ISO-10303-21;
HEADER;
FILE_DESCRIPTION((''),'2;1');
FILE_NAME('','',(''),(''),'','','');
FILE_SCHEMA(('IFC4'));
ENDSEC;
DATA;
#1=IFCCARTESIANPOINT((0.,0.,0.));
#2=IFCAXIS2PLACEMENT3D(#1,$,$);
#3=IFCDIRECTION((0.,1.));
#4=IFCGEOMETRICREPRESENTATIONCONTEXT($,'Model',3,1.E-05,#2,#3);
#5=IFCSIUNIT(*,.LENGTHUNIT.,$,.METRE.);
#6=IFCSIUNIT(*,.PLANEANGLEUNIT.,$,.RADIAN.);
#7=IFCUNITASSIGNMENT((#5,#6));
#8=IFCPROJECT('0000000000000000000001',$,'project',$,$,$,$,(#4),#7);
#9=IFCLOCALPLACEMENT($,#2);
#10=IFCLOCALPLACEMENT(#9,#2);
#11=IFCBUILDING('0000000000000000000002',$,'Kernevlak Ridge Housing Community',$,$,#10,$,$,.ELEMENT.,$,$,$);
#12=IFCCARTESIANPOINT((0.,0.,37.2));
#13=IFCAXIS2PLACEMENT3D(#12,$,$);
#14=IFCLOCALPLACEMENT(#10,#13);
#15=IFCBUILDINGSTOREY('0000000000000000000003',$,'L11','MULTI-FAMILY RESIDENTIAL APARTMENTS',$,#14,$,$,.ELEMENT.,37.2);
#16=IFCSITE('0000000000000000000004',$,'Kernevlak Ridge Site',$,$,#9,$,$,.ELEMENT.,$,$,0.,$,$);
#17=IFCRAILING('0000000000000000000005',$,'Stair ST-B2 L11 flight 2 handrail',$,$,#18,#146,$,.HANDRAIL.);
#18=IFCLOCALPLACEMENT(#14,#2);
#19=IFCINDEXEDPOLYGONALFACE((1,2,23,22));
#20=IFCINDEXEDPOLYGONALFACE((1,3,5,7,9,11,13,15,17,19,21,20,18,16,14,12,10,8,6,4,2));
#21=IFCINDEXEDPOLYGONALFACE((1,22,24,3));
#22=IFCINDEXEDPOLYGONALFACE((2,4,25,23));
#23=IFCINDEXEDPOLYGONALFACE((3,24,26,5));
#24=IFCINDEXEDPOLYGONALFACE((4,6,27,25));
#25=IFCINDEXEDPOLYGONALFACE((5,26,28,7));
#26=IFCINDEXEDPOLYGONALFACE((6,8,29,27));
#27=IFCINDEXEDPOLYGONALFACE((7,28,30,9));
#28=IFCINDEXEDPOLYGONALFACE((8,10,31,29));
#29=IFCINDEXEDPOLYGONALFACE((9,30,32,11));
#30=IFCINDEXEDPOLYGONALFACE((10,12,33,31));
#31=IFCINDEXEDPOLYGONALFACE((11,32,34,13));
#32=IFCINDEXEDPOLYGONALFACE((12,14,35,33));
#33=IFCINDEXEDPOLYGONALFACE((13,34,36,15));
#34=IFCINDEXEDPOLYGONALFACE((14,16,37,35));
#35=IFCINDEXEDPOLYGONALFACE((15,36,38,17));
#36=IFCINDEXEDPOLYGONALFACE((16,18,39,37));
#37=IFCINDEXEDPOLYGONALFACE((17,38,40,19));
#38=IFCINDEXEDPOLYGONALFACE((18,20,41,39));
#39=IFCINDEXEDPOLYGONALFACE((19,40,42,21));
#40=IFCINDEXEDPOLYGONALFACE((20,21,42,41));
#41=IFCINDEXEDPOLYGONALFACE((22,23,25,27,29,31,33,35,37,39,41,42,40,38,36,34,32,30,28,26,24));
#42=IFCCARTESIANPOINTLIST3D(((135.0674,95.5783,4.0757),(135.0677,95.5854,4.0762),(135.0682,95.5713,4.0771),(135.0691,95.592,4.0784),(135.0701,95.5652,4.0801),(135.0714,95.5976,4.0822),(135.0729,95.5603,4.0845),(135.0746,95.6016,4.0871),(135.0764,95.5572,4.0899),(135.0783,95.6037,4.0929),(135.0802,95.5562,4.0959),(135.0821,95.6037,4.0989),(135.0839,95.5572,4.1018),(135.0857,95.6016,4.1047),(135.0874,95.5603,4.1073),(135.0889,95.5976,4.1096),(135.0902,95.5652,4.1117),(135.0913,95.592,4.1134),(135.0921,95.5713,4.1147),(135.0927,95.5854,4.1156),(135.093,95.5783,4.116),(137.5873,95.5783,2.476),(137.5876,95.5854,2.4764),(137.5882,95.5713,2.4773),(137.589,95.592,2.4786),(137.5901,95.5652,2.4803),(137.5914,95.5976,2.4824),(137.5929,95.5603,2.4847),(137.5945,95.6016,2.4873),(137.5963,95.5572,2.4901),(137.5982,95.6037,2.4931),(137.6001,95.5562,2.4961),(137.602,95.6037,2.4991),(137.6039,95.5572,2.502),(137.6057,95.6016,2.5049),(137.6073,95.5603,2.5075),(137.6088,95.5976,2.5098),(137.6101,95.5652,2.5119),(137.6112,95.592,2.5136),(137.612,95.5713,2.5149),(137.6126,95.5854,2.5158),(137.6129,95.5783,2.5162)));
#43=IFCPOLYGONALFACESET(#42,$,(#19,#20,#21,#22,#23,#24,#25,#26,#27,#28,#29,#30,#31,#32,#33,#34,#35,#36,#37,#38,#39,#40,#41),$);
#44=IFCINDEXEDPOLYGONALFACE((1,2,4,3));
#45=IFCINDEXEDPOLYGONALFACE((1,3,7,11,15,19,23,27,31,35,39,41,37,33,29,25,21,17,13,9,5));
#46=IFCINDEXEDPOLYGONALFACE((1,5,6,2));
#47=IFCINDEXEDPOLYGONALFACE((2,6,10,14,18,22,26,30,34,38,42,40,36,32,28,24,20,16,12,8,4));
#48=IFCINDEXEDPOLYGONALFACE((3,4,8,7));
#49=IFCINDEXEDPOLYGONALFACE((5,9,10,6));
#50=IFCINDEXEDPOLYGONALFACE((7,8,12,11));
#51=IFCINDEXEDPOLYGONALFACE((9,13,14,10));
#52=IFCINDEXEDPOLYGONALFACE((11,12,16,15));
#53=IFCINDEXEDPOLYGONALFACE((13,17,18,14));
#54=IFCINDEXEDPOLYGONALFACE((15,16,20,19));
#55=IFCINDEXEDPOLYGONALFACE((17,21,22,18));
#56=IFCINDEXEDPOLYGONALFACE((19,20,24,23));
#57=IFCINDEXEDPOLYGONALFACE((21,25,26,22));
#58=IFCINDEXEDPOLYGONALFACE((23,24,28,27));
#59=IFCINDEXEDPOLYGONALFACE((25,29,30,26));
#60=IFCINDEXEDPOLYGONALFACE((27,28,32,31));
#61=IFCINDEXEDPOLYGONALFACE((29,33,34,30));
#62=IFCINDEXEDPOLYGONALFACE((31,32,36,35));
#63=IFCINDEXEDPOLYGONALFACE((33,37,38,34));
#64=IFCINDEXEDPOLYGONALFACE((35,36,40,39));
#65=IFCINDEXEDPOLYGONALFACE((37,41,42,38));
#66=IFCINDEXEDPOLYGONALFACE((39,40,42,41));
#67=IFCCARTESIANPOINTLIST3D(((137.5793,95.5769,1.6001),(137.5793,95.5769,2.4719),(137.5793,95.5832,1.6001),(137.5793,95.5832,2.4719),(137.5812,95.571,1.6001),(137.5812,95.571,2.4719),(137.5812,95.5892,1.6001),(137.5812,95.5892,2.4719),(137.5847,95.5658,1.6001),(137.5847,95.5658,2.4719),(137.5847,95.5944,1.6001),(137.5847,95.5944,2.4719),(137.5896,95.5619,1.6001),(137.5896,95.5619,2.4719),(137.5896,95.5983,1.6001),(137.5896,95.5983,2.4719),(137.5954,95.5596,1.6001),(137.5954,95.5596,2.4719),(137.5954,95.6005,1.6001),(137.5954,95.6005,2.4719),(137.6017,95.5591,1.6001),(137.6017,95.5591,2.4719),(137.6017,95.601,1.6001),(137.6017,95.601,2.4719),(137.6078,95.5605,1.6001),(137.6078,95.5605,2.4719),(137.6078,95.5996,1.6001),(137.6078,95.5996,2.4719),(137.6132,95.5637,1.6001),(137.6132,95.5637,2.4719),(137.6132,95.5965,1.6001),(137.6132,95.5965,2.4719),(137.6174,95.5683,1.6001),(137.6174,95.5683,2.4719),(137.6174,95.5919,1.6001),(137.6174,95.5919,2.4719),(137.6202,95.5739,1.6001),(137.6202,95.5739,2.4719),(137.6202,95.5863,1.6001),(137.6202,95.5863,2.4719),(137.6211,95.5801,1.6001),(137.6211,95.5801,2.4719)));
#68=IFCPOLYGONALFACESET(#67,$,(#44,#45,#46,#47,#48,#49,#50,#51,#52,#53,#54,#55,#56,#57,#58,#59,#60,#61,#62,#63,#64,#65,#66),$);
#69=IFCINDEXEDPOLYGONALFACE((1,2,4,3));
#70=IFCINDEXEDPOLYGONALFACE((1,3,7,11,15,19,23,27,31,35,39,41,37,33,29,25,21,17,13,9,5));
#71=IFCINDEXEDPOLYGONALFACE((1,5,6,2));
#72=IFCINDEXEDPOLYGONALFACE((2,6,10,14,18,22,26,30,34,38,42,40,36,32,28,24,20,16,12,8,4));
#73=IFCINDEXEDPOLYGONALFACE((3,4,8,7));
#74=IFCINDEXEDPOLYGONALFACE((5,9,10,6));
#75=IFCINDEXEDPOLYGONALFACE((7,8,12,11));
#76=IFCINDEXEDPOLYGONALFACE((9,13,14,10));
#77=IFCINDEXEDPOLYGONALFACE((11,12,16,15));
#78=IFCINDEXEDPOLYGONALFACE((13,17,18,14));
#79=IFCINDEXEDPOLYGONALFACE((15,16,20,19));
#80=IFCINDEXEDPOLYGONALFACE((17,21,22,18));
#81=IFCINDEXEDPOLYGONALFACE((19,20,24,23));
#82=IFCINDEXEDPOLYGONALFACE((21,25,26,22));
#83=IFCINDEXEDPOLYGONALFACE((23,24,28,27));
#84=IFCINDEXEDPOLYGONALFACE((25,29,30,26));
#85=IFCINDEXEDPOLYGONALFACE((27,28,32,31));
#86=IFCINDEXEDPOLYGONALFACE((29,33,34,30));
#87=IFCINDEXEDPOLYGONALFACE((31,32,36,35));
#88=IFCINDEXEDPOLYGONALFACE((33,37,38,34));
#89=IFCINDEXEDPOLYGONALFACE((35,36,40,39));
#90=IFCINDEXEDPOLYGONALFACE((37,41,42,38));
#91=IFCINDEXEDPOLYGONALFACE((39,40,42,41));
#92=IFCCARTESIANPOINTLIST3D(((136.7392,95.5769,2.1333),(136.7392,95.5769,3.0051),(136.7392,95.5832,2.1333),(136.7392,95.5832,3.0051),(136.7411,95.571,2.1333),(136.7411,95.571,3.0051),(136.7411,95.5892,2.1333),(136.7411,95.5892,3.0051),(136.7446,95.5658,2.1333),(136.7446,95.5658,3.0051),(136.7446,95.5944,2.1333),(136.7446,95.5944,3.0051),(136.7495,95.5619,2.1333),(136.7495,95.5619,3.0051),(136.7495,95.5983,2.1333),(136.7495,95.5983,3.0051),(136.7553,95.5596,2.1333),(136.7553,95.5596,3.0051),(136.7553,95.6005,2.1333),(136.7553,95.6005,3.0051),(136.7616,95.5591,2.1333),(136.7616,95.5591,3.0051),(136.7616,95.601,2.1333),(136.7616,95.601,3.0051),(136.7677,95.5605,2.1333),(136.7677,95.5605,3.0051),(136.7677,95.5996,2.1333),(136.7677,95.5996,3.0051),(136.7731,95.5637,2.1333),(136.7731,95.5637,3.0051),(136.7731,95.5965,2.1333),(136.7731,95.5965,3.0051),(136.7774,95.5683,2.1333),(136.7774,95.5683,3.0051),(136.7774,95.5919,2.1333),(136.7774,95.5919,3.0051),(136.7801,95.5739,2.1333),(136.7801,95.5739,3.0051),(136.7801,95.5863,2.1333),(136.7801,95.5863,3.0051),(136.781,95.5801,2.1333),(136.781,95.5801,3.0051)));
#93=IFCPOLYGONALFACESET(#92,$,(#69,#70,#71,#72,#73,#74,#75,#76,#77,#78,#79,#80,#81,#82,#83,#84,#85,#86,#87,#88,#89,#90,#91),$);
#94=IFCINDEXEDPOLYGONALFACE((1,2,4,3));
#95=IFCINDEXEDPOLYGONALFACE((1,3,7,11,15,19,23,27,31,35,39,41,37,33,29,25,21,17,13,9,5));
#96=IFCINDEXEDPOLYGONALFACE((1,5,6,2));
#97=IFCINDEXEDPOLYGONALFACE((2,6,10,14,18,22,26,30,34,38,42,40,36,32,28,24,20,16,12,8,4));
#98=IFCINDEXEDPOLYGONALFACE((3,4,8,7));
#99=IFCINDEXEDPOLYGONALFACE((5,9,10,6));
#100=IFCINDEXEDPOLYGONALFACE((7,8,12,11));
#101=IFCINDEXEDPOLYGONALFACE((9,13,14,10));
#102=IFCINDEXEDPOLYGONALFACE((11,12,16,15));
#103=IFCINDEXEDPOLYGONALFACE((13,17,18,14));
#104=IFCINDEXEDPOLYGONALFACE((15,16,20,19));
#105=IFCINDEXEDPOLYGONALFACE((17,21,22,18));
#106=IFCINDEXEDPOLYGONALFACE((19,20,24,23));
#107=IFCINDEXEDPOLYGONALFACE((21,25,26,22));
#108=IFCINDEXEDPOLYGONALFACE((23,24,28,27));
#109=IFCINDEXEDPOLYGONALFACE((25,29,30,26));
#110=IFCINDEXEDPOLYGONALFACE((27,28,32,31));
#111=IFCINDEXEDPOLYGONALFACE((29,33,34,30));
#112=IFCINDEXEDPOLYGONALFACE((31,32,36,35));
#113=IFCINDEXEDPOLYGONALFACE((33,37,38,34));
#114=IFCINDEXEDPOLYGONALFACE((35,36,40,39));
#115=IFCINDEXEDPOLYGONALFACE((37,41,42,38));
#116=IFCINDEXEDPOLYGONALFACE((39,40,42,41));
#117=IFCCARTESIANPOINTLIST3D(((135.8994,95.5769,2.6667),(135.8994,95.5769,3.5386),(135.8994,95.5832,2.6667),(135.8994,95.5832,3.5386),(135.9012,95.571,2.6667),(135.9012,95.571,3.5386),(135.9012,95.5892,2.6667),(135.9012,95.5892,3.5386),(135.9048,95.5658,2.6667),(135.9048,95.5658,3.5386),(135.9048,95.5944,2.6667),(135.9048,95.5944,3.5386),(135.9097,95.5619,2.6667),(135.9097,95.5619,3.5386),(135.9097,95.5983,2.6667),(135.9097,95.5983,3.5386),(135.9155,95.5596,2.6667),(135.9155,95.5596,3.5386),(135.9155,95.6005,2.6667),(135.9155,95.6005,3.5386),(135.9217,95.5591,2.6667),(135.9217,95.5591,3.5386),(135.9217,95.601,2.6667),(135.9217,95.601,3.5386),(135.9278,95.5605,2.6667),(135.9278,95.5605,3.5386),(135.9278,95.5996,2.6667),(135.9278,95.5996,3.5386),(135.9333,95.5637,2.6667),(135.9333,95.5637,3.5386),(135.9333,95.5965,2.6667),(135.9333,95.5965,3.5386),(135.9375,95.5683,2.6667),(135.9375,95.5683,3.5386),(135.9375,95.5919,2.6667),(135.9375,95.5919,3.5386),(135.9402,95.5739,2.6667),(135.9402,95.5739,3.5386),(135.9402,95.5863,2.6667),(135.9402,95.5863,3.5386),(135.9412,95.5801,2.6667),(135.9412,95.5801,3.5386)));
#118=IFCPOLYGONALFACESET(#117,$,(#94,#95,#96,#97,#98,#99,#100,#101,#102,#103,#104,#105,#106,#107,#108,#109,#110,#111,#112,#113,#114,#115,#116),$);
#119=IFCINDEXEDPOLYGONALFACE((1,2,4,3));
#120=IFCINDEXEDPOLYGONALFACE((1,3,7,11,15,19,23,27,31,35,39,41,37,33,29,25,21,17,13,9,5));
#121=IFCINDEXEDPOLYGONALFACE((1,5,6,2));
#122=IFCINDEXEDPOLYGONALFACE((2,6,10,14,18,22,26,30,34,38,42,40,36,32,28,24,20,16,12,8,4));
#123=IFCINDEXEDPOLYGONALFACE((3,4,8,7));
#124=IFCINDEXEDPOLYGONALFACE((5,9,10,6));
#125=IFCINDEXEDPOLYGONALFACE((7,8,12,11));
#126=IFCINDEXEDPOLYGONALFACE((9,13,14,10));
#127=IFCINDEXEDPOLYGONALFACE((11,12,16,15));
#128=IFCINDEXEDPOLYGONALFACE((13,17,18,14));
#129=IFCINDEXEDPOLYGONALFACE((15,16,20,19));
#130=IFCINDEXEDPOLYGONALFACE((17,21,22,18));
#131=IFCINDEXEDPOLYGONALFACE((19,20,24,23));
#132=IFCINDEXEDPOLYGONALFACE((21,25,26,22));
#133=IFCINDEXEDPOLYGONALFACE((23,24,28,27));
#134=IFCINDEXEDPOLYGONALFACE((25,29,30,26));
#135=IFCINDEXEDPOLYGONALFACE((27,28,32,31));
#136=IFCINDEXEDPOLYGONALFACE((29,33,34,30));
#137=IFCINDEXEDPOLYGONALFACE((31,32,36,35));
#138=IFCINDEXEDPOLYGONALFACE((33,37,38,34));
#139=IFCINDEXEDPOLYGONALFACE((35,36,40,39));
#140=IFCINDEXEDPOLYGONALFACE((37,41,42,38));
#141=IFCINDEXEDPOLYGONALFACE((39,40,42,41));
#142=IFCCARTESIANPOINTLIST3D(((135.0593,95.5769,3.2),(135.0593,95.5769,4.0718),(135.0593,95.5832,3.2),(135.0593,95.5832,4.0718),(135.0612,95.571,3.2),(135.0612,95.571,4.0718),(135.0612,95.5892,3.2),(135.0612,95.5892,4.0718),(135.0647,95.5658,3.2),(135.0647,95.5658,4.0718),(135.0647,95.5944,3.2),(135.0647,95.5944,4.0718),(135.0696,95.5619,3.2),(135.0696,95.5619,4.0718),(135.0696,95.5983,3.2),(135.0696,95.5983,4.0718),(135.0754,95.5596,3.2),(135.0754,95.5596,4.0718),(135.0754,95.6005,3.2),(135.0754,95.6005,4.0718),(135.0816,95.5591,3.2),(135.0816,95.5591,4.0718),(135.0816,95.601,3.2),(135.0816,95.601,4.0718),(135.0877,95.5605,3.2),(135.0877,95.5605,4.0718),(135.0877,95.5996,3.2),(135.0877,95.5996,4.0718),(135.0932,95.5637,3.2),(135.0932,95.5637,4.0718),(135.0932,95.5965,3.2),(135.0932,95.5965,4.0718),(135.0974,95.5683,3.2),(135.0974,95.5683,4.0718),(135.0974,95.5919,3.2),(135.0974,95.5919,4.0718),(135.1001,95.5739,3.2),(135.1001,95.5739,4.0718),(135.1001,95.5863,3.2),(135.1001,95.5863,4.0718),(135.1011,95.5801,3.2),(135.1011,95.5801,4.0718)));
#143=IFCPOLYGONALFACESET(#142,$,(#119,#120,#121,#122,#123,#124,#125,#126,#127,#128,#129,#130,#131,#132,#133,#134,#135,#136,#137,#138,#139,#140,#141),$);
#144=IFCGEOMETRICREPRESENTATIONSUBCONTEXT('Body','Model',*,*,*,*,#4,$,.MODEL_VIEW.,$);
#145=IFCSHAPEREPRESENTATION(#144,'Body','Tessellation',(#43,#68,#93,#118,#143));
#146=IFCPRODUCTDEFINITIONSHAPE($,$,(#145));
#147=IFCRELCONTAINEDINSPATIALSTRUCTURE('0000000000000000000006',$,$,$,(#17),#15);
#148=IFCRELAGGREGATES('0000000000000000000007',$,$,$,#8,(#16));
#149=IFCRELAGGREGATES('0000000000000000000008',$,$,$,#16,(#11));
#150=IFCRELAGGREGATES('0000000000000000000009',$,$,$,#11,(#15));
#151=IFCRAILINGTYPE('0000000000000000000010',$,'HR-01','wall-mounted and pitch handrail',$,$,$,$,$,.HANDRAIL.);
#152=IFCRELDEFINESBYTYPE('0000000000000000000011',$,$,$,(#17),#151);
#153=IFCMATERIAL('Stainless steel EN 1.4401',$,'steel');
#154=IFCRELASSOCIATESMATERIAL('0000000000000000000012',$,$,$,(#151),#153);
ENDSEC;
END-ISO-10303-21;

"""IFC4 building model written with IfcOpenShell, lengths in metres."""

from ifc_helpers import new_model, si_unit, direction, frame, origin, origin_2d, place, context, subcontext, project, spatial, circle, extrude, material, type_object, element, save


model = new_model("IFC4")

# Units and contexts
model_context = context("Model", 3, precision=1e-05, world=origin(), true_north=direction((0.0, 1.0)))
body_context = subcontext(model_context, "Body", "Model", "MODEL_VIEW")
ifc_project = project(units=[si_unit("LENGTHUNIT", "METRE"), si_unit("PLANEANGLEUNIT", "RADIAN")], contexts=[model_context])

# Site, building, storey
site_placement = place(None, origin())
site = spatial("IfcSite", under=ifc_project, at=site_placement, Name="Kernevlak Ridge Site", CompositionType="ELEMENT", RefElevation=0.0)
building_placement = place(site_placement, origin())
building = spatial("IfcBuilding", under=site, at=building_placement, Name="Kernevlak Ridge Housing Community", CompositionType="ELEMENT")
storey_placement = place(building_placement, frame((0.0, 0.0, 37.2)))
storey = spatial("IfcBuildingStorey", under=building, at=storey_placement, Name="L11", Description="MULTI-FAMILY RESIDENTIAL APARTMENTS", CompositionType="ELEMENT", Elevation=37.2)

# Railing
ifc_material_1 = material(Name="Stainless steel EN 1.4401", Category="steel")
railing_type_1 = type_object("IfcRailingType", Name="HR-01", Description="wall-mounted and pitch handrail", PredefinedType="HANDRAIL", material=ifc_material_1)
railing_1_placement = place(storey_placement, frame((137.6001, 95.5801, 1.6001)))
element("IfcRailing", 1, at=railing_1_placement, inside=storey, type_object=railing_type_1, Name="Stair ST-B2 L11 flight 2 handrail", PredefinedType="HANDRAIL", context=body_context, shape_type="SweptSolid", body=[
    extrude(circle(Radius=0.0239, at=origin_2d()), frame((0.0, 0.0, 0.896), z_axis=(-0.844237, 0.0, 0.53597), x_axis=(0.0, -1.0, 0.0)), (0.0, 0.0, 1.0), 2.9849),
    extrude(circle(Radius=0.021, at=origin_2d()), origin(), (0.0, 0.0, 1.0), 0.8718),
    extrude(circle(Radius=0.021, at=origin_2d()), frame((-0.8401, 0.0, 0.5332)), (0.0, 0.0, 1.0), 0.8718),
    extrude(circle(Radius=0.021, at=origin_2d()), frame((-1.6799, 0.0, 1.0667)), (0.0, 0.0, 1.0), 0.8718),
    extrude(circle(Radius=0.021, at=origin_2d()), frame((-2.52, 0.0, 1.5999)), (0.0, 0.0, 1.0), 0.8718),
])

save(model, "model.ifc")
